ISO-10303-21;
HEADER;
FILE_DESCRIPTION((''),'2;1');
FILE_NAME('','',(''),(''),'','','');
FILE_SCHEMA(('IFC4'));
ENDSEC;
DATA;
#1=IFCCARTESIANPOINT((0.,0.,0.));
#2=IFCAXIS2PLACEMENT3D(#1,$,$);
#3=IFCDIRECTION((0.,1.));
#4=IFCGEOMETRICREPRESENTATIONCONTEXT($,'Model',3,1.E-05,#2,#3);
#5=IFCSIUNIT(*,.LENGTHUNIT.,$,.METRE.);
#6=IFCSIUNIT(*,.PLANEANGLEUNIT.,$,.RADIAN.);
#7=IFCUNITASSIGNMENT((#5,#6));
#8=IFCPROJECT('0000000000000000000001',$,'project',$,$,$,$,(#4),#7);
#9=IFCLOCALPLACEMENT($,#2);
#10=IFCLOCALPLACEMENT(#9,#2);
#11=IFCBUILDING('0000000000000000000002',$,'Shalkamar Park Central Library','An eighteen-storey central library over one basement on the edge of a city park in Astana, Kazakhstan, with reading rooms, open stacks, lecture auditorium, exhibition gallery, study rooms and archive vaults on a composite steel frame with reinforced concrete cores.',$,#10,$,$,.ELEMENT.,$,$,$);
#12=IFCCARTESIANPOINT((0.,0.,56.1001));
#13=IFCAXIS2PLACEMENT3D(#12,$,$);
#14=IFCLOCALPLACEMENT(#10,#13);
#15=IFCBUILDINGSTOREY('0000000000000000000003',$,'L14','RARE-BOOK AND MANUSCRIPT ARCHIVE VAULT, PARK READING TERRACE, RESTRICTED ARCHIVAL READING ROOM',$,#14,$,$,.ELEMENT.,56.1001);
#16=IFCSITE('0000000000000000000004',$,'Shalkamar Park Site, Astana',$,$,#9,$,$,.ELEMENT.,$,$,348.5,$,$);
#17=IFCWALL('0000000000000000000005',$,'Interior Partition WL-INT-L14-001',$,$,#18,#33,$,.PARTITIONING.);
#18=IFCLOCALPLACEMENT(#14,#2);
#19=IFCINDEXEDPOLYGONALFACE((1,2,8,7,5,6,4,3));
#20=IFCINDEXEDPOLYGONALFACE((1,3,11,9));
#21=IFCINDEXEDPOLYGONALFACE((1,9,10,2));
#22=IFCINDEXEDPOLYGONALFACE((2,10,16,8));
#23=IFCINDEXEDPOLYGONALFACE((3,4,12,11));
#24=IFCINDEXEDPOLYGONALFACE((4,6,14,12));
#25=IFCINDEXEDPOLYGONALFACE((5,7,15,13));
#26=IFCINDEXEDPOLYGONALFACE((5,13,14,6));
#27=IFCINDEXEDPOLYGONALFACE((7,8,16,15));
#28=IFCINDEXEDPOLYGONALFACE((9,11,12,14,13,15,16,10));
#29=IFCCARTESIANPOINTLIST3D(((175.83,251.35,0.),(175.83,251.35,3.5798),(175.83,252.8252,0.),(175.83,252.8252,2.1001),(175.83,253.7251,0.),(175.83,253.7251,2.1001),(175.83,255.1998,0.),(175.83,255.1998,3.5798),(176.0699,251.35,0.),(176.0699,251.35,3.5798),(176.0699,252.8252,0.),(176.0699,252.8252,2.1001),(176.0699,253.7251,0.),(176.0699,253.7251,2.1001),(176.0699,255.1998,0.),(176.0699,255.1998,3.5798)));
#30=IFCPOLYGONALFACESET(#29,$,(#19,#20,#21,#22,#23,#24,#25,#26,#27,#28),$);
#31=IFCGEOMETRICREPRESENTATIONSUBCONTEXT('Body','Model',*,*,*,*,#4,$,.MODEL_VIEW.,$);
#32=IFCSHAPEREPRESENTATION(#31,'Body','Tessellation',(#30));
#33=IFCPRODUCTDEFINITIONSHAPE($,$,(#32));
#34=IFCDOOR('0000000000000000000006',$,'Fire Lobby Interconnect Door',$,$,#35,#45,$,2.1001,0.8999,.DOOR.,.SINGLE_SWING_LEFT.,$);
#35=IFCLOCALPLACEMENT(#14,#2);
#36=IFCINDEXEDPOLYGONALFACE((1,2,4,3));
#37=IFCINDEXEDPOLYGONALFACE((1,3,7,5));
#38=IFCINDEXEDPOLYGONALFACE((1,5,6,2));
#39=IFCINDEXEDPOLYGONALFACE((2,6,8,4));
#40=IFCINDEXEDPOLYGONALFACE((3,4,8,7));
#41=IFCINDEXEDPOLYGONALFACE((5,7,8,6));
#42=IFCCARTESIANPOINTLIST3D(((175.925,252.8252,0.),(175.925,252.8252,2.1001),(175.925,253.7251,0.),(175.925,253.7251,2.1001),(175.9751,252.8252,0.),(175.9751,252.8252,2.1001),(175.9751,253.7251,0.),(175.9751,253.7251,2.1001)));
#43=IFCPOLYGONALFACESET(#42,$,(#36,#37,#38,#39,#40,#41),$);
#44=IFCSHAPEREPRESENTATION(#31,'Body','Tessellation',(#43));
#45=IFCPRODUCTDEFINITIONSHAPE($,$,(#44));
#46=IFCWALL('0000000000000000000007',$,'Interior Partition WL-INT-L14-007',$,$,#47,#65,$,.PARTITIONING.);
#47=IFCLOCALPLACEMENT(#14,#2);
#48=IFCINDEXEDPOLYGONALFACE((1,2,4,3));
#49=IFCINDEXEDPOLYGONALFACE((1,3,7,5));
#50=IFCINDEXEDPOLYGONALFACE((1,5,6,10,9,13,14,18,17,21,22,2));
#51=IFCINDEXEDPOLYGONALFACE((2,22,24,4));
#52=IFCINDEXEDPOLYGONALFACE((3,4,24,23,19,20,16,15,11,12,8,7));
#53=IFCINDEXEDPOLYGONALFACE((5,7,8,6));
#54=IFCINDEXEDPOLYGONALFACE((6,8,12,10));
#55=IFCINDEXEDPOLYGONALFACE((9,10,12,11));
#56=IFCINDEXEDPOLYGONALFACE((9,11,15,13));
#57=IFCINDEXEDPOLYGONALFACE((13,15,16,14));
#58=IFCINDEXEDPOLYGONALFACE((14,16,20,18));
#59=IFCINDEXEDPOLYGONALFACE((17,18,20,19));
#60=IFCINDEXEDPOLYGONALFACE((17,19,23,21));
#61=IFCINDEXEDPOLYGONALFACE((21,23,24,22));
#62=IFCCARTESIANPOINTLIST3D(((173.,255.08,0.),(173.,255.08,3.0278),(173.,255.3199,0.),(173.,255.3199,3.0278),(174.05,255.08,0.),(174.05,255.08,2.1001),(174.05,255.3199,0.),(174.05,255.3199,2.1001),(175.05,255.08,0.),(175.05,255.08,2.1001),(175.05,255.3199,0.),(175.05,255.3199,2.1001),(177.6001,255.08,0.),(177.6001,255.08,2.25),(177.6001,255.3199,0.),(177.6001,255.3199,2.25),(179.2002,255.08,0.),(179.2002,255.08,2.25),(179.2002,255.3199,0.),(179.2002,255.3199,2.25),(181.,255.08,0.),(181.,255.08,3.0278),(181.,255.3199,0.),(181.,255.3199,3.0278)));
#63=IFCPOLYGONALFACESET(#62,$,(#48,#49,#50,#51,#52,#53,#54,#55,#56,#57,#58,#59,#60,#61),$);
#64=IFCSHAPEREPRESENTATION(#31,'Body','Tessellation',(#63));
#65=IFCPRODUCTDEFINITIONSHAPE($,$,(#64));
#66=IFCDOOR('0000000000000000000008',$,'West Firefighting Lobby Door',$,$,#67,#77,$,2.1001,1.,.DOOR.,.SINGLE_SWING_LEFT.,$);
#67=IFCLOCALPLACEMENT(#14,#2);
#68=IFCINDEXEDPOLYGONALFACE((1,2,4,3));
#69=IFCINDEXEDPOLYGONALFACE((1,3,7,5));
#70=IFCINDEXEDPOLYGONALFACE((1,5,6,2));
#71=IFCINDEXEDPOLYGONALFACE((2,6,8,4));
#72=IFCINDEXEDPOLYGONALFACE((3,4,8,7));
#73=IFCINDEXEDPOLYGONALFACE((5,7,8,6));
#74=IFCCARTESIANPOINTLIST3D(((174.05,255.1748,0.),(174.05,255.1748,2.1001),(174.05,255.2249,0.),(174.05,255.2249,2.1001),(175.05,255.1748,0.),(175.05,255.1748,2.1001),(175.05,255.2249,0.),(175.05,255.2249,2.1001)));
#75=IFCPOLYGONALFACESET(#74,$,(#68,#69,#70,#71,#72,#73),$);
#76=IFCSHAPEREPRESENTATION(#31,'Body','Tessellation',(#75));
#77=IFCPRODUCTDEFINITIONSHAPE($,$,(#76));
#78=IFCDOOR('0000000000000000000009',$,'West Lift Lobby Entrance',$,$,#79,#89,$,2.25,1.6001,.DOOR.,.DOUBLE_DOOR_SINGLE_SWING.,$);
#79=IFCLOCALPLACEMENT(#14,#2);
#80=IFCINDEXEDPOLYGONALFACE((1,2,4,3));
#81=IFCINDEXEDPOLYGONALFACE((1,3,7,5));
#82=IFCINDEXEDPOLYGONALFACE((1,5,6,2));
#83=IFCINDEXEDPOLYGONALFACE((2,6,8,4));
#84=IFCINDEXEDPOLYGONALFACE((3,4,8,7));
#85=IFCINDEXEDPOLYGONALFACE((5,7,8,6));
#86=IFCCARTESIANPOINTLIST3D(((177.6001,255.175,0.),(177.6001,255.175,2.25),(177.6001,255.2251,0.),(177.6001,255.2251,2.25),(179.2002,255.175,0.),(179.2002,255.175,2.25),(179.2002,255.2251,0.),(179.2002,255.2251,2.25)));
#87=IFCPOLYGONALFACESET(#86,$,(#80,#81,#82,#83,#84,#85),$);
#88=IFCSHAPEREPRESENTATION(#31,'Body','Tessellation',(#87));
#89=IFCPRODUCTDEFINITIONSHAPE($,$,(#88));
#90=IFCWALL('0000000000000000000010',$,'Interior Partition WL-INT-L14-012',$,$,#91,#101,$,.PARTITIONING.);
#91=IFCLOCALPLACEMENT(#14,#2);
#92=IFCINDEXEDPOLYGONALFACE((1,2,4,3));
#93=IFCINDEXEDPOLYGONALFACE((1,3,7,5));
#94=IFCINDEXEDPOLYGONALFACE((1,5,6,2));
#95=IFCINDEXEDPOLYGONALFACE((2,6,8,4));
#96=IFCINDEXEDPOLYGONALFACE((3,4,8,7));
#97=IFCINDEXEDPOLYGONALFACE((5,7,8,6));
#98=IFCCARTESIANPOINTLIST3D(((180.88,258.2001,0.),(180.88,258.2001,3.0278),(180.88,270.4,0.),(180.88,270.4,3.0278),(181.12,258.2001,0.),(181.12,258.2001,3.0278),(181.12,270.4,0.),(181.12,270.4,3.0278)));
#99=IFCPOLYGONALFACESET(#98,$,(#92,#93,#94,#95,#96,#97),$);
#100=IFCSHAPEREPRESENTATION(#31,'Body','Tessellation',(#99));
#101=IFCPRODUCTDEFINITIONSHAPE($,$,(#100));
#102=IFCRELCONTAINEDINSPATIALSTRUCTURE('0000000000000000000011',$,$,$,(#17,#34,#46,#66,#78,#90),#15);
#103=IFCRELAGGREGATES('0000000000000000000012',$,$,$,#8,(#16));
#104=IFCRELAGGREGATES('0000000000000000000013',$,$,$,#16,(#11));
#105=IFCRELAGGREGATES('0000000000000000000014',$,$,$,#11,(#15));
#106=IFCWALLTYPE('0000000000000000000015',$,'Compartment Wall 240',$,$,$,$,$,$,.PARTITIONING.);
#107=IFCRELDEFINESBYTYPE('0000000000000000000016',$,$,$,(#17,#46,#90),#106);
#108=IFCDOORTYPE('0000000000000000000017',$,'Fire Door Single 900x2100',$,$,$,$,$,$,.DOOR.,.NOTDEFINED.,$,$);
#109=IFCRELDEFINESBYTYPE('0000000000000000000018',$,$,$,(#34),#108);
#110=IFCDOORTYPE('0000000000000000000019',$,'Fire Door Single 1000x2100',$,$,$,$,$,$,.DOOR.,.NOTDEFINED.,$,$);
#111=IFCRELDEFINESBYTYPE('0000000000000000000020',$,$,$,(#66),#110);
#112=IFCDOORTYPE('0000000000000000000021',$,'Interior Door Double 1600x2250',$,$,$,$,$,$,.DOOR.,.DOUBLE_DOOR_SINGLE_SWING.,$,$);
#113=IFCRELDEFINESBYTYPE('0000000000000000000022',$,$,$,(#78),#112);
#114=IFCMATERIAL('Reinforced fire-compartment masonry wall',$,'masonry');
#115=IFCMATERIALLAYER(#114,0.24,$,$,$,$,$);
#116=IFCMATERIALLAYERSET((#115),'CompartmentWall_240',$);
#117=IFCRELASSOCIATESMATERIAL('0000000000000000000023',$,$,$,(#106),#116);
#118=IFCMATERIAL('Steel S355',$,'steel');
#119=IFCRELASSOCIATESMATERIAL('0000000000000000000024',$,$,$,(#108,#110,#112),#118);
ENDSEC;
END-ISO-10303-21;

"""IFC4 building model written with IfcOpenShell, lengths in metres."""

from ifc_helpers import new_model, si_unit, direction, frame, frame_2d, origin, place, context, subcontext, project, spatial, rectangle, extrude, material, layer, layer_set, type_object, element, fill, save


model = new_model("IFC4")

# Units and contexts
model_context = context("Model", 3, precision=1e-05, world=origin(), true_north=direction((0.0, 1.0)))
body_context = subcontext(model_context, "Body", "Model", "MODEL_VIEW")
ifc_project = project(units=[si_unit("LENGTHUNIT", "METRE"), si_unit("PLANEANGLEUNIT", "RADIAN")], contexts=[model_context])

# Site, building, storey
site_placement = place(None, origin())
site = spatial("IfcSite", under=ifc_project, at=site_placement, Name="Shalkamar Park Site, Astana", CompositionType="ELEMENT", RefElevation=348.5)
building_placement = place(site_placement, origin())
building = spatial("IfcBuilding", under=site, at=building_placement, Name="Shalkamar Park Central Library", Description="An eighteen-storey central library over one basement on the edge of a city park in Astana, Kazakhstan, with reading rooms, open stacks, lecture auditorium, exhibition gallery, study rooms and archive vaults on a composite steel frame with reinforced concrete cores.", CompositionType="ELEMENT")
storey_placement = place(building_placement, frame((0.0, 0.0, 56.1001)))
storey = spatial("IfcBuildingStorey", under=building, at=storey_placement, Name="L14", Description="RARE-BOOK AND MANUSCRIPT ARCHIVE VAULT, PARK READING TERRACE, RESTRICTED ARCHIVAL READING ROOM", CompositionType="ELEMENT", Elevation=56.1001)

# Shared definitions
ifc_material_1 = material(Name="Steel S355", Category="steel")

# Wall, opening, door
ifc_material_2 = material(Name="Reinforced fire-compartment masonry wall", Category="masonry")
ifc_layer_1 = layer(ifc_material_2, 0.24)
ifc_layer_set_1 = layer_set([ifc_layer_1], Name="CompartmentWall_240")
wall_type_1 = type_object("IfcWallType", Name="Compartment Wall 240", PredefinedType="PARTITIONING", material=ifc_layer_set_1)
wall_1_placement = place(storey_placement, frame((175.95, 251.3501, 0.0), z_axis=(0.0, 0.0, 1.0), x_axis=(0.0, 1.0, 0.0)))
wall_1 = element("IfcWall", 1, at=wall_1_placement, inside=storey, type_object=wall_type_1, Name="Interior Partition WL-INT-L14-001", PredefinedType="PARTITIONING", context=body_context, shape_type="SweptSolid", body=[
    extrude(rectangle(XDim=3.8499, YDim=0.24, at=frame_2d((1.9248, 0.0))), origin(), (0.0, 0.0, 1.0), 3.5798),
])
opening_1_placement = place(wall_1_placement, frame((1.4751, 0.0, 0.0)))
opening_1 = element("IfcOpeningElement", 2, at=opening_1_placement, cuts=wall_1, PredefinedType="OPENING", context=body_context, shape_type="SweptSolid", body=[
    extrude(rectangle(XDim=0.8999, YDim=2.1001, at=frame_2d((0.45, 1.05))), frame((0.0, 0.1348, 0.0), z_axis=(0.0, -1.0, 0.0), x_axis=(1.0, 0.0, 0.0)), (0.0, 0.0, 1.0), 0.2698),
])
door_type_1 = type_object("IfcDoorType", Name="Fire Door Single 900x2100", OperationType="NOTDEFINED", PredefinedType="DOOR", material=ifc_material_1)
door_1_placement = place(opening_1_placement, origin())
door_1 = element("IfcDoor", 3, at=door_1_placement, inside=storey, type_object=door_type_1, Name="Fire Lobby Interconnect Door", OperationType="SINGLE_SWING_LEFT", OverallHeight=2.1001, OverallWidth=0.8999, PredefinedType="DOOR", context=body_context, shape_type="SweptSolid", body=[
    extrude(rectangle(XDim=0.8999, YDim=2.1001, at=frame_2d((0.45, 1.05))), frame((0.0, 0.0249, 0.0), z_axis=(0.0, -1.0, 0.0), x_axis=(1.0, 0.0, 0.0)), (0.0, 0.0, 1.0), 0.05),
])
fill(opening_1, door_1)

# Wall, openings, doors
wall_2_placement = place(storey_placement, frame((173.0, 255.2, 0.0), z_axis=(0.0, 0.0, 1.0), x_axis=(1.0, 0.0, 0.0)))
wall_2 = element("IfcWall", 4, at=wall_2_placement, inside=storey, type_object=wall_type_1, Name="Interior Partition WL-INT-L14-007", PredefinedType="PARTITIONING", context=body_context, shape_type="SweptSolid", body=[
    extrude(rectangle(XDim=8.0, YDim=0.24, at=frame_2d((4.0, 0.0))), origin(), (0.0, 0.0, 1.0), 3.0278),
])
opening_2_placement = place(wall_2_placement, frame((1.05, 0.0, 0.0)))
opening_2 = element("IfcOpeningElement", 5, at=opening_2_placement, cuts=wall_2, PredefinedType="OPENING", context=body_context, shape_type="SweptSolid", body=[
    extrude(rectangle(XDim=1.0, YDim=2.1001, at=frame_2d((0.5, 1.05))), frame((0.0, 0.1348, 0.0), z_axis=(0.0, -1.0, 0.0), x_axis=(1.0, 0.0, 0.0)), (0.0, 0.0, 1.0), 0.2698),
])
opening_3_placement = place(wall_2_placement, frame((4.6001, 0.0, 0.0)))
opening_3 = element("IfcOpeningElement", 6, at=opening_3_placement, cuts=wall_2, PredefinedType="OPENING", context=body_context, shape_type="SweptSolid", body=[
    extrude(rectangle(XDim=1.6001, YDim=2.25, at=frame_2d((0.8, 1.125))), frame((0.0, 0.1348, 0.0), z_axis=(0.0, -1.0, 0.0), x_axis=(1.0, 0.0, 0.0)), (0.0, 0.0, 1.0), 0.2698),
])
door_type_2 = type_object("IfcDoorType", Name="Fire Door Single 1000x2100", OperationType="NOTDEFINED", PredefinedType="DOOR", material=ifc_material_1)
door_2_placement = place(opening_2_placement, origin())
door_2 = element("IfcDoor", 7, at=door_2_placement, inside=storey, type_object=door_type_2, Name="West Firefighting Lobby Door", OperationType="SINGLE_SWING_LEFT", OverallHeight=2.1001, OverallWidth=1.0, PredefinedType="DOOR", context=body_context, shape_type="SweptSolid", body=[
    extrude(rectangle(XDim=1.0, YDim=2.1001, at=frame_2d((0.5, 1.05))), frame((0.0, 0.0249, 0.0), z_axis=(0.0, -1.0, 0.0), x_axis=(1.0, 0.0, 0.0)), (0.0, 0.0, 1.0), 0.05),
])
fill(opening_2, door_2)
door_type_3 = type_object("IfcDoorType", Name="Interior Door Double 1600x2250", OperationType="DOUBLE_DOOR_SINGLE_SWING", PredefinedType="DOOR", material=ifc_material_1)
door_3_placement = place(opening_3_placement, frame((1.6001, 0.0, 0.0), z_axis=(0.0, 0.0, 1.0), x_axis=(-1.0, 0.0, 0.0)))
door_3 = element("IfcDoor", 8, at=door_3_placement, inside=storey, type_object=door_type_3, Name="West Lift Lobby Entrance", OperationType="DOUBLE_DOOR_SINGLE_SWING", OverallHeight=2.25, OverallWidth=1.6001, PredefinedType="DOOR", context=body_context, shape_type="SweptSolid", body=[
    extrude(rectangle(XDim=1.6001, YDim=2.25, at=frame_2d((0.8, 1.125))), frame((0.0, 0.0249, 0.0), z_axis=(0.0, -1.0, 0.0), x_axis=(1.0, 0.0, 0.0)), (0.0, 0.0, 1.0), 0.05),
])
fill(opening_3, door_3)

# Wall
wall_3_placement = place(storey_placement, frame((181.0, 258.2, 0.0), z_axis=(0.0, 0.0, 1.0), x_axis=(0.0, 1.0, 0.0)))
element("IfcWall", 9, at=wall_3_placement, inside=storey, type_object=wall_type_1, Name="Interior Partition WL-INT-L14-012", PredefinedType="PARTITIONING", context=body_context, shape_type="SweptSolid", body=[
    extrude(rectangle(XDim=12.2, YDim=0.24, at=frame_2d((6.1001, 0.0))), origin(), (0.0, 0.0, 1.0), 3.0278),
])

save(model, "model.ifc")
